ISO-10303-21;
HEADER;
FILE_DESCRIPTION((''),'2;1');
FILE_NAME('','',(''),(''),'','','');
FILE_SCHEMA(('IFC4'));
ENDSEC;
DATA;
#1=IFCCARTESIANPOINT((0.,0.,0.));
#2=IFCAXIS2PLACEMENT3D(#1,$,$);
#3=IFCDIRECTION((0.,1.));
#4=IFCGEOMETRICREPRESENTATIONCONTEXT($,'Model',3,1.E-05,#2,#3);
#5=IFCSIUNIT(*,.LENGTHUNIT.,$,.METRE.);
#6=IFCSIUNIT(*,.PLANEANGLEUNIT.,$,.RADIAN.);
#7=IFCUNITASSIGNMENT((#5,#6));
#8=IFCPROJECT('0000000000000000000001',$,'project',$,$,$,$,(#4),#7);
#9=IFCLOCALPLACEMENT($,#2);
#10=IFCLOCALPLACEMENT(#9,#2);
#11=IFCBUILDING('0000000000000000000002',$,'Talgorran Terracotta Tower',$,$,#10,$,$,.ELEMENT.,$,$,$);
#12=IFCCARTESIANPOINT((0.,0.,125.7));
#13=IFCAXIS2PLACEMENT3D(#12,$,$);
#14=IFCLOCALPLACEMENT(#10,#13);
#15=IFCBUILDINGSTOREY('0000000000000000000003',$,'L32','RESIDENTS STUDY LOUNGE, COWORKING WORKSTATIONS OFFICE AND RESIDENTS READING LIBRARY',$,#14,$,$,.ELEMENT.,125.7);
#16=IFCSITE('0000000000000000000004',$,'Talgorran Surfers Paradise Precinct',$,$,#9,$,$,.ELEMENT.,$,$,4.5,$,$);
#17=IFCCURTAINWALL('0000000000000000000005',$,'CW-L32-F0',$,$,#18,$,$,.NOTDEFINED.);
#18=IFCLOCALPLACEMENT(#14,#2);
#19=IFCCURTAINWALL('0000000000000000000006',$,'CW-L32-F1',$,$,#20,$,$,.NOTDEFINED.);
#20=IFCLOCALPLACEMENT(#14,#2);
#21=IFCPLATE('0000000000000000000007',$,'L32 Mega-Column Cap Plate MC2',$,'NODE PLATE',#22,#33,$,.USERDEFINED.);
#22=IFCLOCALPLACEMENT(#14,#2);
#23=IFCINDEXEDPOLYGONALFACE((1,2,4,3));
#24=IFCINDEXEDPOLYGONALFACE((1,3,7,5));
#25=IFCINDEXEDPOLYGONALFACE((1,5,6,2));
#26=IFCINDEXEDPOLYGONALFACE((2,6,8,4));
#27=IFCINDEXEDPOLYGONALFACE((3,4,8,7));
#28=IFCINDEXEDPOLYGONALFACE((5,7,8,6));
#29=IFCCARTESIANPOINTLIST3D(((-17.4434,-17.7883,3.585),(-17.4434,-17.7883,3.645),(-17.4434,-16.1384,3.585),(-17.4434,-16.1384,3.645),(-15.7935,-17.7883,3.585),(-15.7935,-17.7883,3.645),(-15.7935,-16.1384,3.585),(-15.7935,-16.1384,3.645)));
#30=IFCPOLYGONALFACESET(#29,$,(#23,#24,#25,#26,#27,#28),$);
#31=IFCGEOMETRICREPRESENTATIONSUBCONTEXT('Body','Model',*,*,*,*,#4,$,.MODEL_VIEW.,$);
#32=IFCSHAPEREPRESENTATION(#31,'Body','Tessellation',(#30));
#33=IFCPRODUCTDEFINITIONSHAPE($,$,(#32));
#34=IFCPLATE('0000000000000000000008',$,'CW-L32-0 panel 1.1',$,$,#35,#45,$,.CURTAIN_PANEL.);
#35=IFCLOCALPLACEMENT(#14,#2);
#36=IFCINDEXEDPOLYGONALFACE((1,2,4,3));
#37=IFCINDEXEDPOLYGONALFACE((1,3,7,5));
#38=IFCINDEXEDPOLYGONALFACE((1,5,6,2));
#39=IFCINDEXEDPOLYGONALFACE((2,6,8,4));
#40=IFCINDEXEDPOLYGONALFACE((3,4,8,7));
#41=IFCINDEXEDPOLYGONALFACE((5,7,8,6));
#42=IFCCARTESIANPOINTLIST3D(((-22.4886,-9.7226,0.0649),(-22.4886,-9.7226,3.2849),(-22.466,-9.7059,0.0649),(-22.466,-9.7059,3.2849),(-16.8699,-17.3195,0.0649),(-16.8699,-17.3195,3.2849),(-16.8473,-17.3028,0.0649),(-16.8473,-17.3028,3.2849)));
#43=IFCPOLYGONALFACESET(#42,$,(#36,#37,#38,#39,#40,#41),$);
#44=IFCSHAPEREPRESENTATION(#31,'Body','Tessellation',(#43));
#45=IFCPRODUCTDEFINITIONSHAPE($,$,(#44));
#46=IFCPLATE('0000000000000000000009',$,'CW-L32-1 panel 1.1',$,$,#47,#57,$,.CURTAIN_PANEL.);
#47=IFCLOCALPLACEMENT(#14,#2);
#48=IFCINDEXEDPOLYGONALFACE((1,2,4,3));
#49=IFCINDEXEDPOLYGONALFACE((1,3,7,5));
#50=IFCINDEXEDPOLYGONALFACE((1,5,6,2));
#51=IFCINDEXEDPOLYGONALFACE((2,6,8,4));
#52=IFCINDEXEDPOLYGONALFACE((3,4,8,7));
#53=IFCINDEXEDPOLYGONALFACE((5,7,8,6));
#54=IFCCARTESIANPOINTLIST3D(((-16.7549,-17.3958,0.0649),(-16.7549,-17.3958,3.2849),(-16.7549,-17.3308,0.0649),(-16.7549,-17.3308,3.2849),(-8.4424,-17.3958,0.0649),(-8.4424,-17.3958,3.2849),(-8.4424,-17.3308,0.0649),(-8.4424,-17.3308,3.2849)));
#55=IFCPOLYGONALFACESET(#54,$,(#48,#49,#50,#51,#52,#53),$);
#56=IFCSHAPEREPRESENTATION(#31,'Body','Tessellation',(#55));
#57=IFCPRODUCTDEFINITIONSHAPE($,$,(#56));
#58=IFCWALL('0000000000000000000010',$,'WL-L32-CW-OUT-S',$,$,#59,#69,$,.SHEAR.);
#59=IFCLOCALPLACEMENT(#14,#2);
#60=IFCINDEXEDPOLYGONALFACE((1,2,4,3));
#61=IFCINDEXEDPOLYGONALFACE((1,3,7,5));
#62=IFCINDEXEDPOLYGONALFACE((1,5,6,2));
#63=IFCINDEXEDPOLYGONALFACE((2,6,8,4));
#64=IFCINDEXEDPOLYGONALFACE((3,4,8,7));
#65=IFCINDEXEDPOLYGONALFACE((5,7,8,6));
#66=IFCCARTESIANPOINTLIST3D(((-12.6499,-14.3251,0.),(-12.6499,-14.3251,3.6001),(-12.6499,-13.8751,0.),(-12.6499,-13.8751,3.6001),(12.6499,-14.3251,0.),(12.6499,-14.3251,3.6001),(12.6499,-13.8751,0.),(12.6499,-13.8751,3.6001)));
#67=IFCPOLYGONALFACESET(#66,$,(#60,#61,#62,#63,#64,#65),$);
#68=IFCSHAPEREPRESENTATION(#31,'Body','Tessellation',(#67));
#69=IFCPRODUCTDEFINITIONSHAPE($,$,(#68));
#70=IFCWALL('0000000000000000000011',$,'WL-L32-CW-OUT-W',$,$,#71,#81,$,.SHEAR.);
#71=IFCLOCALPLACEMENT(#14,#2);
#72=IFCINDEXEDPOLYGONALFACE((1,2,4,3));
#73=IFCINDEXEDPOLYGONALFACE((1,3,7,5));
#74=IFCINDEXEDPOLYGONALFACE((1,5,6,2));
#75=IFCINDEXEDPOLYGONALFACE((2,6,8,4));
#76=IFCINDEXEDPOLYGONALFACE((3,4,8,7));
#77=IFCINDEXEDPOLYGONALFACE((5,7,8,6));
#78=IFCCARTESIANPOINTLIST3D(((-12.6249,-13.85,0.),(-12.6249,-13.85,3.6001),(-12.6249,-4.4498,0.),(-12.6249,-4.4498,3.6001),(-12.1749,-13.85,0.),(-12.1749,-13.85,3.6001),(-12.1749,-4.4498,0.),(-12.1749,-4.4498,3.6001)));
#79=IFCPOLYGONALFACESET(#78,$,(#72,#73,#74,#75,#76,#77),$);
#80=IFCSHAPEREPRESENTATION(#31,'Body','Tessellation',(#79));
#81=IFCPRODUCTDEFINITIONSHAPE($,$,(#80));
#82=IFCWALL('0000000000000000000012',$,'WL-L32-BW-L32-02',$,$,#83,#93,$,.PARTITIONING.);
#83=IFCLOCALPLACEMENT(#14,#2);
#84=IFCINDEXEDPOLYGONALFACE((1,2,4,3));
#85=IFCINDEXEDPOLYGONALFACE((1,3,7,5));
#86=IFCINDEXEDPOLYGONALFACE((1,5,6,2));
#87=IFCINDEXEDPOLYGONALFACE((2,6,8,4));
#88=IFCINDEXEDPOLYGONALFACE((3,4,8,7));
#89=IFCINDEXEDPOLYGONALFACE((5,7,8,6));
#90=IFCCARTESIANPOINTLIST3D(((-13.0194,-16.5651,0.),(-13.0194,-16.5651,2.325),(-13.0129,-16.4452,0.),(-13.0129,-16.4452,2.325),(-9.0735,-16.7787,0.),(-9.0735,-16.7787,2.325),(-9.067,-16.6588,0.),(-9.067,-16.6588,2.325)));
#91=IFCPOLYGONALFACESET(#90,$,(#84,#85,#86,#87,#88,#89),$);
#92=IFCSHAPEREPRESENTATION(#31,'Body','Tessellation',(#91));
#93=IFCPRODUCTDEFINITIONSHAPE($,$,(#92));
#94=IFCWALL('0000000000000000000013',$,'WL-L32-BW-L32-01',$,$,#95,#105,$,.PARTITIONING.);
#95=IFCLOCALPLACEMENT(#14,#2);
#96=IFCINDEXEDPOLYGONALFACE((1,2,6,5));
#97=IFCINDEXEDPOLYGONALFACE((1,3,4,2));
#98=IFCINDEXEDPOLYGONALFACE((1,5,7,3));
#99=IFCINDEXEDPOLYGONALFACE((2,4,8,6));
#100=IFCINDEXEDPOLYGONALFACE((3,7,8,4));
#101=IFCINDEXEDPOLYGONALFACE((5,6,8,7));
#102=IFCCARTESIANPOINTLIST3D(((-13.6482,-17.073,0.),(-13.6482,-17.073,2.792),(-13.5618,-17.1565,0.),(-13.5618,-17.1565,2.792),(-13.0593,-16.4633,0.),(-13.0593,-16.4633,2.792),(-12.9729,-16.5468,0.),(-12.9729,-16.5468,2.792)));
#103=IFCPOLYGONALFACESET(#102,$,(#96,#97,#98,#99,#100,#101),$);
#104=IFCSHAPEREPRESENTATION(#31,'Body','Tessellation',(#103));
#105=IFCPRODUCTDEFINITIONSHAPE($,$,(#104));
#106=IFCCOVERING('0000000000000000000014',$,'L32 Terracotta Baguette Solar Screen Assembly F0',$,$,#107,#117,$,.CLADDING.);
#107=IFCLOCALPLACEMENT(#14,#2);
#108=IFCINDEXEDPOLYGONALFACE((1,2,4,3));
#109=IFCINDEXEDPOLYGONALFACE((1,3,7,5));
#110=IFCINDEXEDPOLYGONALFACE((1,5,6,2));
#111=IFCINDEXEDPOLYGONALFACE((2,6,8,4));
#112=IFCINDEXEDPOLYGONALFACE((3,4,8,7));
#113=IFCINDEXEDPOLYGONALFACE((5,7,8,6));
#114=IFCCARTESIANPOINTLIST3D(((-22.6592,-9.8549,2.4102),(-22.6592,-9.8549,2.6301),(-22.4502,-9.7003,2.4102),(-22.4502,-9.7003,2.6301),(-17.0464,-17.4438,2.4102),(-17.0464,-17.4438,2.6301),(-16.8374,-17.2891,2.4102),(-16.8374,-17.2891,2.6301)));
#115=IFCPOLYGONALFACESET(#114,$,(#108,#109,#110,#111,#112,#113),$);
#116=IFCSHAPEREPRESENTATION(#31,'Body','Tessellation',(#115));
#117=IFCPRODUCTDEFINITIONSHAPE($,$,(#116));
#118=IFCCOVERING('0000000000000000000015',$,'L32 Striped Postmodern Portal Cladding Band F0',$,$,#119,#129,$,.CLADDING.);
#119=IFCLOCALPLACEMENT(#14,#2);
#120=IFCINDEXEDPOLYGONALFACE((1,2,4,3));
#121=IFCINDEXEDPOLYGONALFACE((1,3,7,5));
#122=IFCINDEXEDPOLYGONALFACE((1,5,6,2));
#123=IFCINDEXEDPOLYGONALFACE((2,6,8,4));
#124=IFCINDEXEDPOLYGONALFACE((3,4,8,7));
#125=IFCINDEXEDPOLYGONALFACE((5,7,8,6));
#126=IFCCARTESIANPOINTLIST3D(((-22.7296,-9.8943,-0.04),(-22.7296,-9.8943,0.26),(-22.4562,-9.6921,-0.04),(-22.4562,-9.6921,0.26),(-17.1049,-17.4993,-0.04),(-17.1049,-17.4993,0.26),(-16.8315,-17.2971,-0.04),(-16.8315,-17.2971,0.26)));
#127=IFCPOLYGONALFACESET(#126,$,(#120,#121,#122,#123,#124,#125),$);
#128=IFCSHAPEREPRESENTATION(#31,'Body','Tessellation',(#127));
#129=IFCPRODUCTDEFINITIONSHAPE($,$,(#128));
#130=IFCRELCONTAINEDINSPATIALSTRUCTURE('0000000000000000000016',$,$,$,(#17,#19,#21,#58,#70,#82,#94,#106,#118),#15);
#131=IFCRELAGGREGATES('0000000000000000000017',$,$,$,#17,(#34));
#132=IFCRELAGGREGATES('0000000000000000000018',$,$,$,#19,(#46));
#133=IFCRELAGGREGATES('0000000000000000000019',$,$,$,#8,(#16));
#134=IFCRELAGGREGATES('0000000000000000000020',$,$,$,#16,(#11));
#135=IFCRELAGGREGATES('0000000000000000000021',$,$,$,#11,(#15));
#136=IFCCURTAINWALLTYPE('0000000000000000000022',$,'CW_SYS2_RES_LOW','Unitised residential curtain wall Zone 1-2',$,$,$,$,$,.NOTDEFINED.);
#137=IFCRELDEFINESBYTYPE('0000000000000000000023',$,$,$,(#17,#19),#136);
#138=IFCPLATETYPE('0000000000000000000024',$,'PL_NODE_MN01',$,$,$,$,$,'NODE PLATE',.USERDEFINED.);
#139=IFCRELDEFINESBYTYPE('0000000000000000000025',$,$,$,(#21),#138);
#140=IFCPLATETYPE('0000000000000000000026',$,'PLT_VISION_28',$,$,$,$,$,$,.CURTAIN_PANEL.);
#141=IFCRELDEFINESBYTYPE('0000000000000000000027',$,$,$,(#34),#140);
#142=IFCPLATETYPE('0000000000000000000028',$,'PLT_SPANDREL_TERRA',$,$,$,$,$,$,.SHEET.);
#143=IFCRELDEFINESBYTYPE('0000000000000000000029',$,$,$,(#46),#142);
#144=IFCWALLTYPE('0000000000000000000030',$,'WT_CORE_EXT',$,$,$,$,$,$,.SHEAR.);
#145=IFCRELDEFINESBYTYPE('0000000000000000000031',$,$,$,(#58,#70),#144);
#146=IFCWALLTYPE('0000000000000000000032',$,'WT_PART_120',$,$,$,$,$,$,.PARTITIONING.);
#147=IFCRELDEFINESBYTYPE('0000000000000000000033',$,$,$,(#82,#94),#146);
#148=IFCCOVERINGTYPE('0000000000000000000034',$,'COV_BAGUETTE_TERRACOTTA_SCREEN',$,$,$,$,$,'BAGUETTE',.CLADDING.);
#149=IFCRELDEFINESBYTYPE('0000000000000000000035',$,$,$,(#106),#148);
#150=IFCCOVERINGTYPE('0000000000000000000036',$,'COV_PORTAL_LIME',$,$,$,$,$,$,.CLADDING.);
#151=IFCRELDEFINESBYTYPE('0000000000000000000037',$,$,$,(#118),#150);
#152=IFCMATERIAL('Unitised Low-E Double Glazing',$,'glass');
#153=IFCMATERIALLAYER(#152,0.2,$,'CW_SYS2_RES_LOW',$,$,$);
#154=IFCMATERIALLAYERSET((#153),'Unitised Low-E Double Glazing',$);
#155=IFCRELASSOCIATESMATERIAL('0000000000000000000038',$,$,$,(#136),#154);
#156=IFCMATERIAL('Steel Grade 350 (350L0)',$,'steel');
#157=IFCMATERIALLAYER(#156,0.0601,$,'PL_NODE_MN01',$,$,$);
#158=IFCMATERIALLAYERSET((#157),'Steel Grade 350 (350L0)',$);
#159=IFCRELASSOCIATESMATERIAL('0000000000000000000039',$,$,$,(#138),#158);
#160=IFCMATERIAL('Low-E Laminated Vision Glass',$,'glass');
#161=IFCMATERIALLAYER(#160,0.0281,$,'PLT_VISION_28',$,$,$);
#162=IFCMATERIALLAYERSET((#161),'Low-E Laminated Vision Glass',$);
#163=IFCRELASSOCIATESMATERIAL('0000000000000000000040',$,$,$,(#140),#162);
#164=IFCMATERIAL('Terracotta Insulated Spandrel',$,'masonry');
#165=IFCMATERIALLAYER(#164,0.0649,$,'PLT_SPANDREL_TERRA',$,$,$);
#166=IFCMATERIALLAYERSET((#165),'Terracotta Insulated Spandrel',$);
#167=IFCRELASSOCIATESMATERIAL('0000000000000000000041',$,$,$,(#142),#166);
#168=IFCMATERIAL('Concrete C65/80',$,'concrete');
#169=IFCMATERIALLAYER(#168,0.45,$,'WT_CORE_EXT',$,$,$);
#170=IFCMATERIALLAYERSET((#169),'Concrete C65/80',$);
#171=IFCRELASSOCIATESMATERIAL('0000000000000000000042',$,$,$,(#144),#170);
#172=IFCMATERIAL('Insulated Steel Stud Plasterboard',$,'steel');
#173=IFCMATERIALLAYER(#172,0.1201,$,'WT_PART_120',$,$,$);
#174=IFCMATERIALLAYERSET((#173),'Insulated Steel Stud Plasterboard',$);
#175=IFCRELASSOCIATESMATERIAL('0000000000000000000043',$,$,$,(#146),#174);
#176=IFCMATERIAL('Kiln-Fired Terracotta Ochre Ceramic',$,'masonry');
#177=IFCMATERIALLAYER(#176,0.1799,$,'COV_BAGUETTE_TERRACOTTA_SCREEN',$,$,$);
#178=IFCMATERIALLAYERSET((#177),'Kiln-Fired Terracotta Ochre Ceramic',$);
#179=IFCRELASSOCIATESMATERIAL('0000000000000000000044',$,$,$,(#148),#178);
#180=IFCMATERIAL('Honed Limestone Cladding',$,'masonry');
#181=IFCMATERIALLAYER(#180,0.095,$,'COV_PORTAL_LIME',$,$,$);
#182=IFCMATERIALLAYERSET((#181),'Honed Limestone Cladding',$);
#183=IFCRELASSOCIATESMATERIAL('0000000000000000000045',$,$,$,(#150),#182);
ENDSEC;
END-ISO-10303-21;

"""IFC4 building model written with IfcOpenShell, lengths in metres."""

from ifc_helpers import new_model, si_unit, direction, frame, frame_2d, origin, origin_2d, place, context, subcontext, project, spatial, rectangle, extrude, source, transform, mapped, material, layer, layer_set, type_object, type_shapes, element, aggregate, save


model = new_model("IFC4")

# Units and contexts
model_context = context("Model", 3, precision=1e-05, world=origin(), true_north=direction((0.0, 1.0)))
body_context = subcontext(model_context, "Body", "Model", "MODEL_VIEW")
ifc_project = project(units=[si_unit("LENGTHUNIT", "METRE"), si_unit("PLANEANGLEUNIT", "RADIAN")], contexts=[model_context])

# Site, building, storey
site_placement = place(None, origin())
site = spatial("IfcSite", under=ifc_project, at=site_placement, Name="Talgorran Surfers Paradise Precinct", CompositionType="ELEMENT", RefElevation=4.5)
building_placement = place(site_placement, origin())
building = spatial("IfcBuilding", under=site, at=building_placement, Name="Talgorran Terracotta Tower", CompositionType="ELEMENT")
storey_placement = place(building_placement, frame((0.0, 0.0, 125.7)))
storey = spatial("IfcBuildingStorey", under=building, at=storey_placement, Name="L32", Description="RESIDENTS STUDY LOUNGE, COWORKING WORKSTATIONS OFFICE AND RESIDENTS READING LIBRARY", CompositionType="ELEMENT", Elevation=125.7)

# Shared definitions
ifc_material_1 = material(Name="Steel Grade 350 (350L0)", Category="steel")

# Curtain wall
ifc_material_2 = material(Name="Unitised Low-E Double Glazing", Category="glass")
ifc_layer_1 = layer(ifc_material_2, 0.2, Name="CW_SYS2_RES_LOW")
ifc_layer_set_1 = layer_set([ifc_layer_1], Name="Unitised Low-E Double Glazing")
curtain_wall_type = type_object("IfcCurtainWallType", Name="CW_SYS2_RES_LOW", Description="Unitised residential curtain wall Zone 1-2", PredefinedType="NOTDEFINED", material=ifc_layer_set_1)
curtain_wall_1_placement = place(storey_placement, origin())
curtain_wall_1 = element("IfcCurtainWall", 1, at=curtain_wall_1_placement, inside=storey, type_object=curtain_wall_type, Name="CW-L32-F0", PredefinedType="NOTDEFINED")

# Curtain wall
curtain_wall_2_placement = place(storey_placement, origin())
curtain_wall_2 = element("IfcCurtainWall", 2, at=curtain_wall_2_placement, inside=storey, type_object=curtain_wall_type, Name="CW-L32-F1", PredefinedType="NOTDEFINED")

# Plate
ifc_layer_2 = layer(ifc_material_1, 0.0601, Name="PL_NODE_MN01")
ifc_layer_set_2 = layer_set([ifc_layer_2], Name="Steel Grade 350 (350L0)")
plate_type_1 = type_object("IfcPlateType", Name="PL_NODE_MN01", ElementType="NODE PLATE", PredefinedType="USERDEFINED", material=ifc_layer_set_2)
plate_1_placement = place(storey_placement, frame((-16.6184, -16.9634, 3.585), z_axis=(0.0, 0.0, 1.0), x_axis=(1.0, 0.0, 0.0)))
element("IfcPlate", 3, at=plate_1_placement, inside=storey, type_object=plate_type_1, Name="L32 Mega-Column Cap Plate MC2", ObjectType="NODE PLATE", PredefinedType="USERDEFINED", context=body_context, shape_type="SweptSolid", body=[
    extrude(rectangle(XDim=1.6499, YDim=1.6499, at=origin_2d()), origin(), (0.0, 0.0, 1.0), 0.0601),
])

# Plates
ifc_material_3 = material(Name="Low-E Laminated Vision Glass", Category="glass")
ifc_layer_3 = layer(ifc_material_3, 0.0281, Name="PLT_VISION_28")
ifc_layer_set_3 = layer_set([ifc_layer_3], Name="Low-E Laminated Vision Glass")
plate_type_2 = type_object("IfcPlateType", Name="PLT_VISION_28", PredefinedType="CURTAIN_PANEL", material=ifc_layer_set_3)
shared_shape_1 = source(origin(), body_context, "Body", "SweptSolid", [
    extrude(rectangle(XDim=9.449, YDim=0.0281, at=origin_2d()), origin(), (0.0, 0.0, 1.0), 3.22),
])
type_shapes(plate_type_2, [shared_shape_1])
plate_2_placement = place(storey_placement, frame((-19.668, -13.5127, 0.0649), z_axis=(0.0, 0.0, 1.0), x_axis=(0.594638, -0.803993, 0.0)))
plate_2 = element("IfcPlate", 4, at=plate_2_placement, type_object=plate_type_2, Name="CW-L32-0 panel 1.1", PredefinedType="CURTAIN_PANEL", context=body_context, shape_type="MappedRepresentation", body=[
    mapped(shared_shape_1, transform((0.0, 0.0, 0.0), scale=1.0)),
])
aggregate(curtain_wall_1, [plate_2])
ifc_material_4 = material(Name="Terracotta Insulated Spandrel", Category="masonry")
ifc_layer_4 = layer(ifc_material_4, 0.0649, Name="PLT_SPANDREL_TERRA")
ifc_layer_set_4 = layer_set([ifc_layer_4], Name="Terracotta Insulated Spandrel")
plate_type_3 = type_object("IfcPlateType", Name="PLT_SPANDREL_TERRA", PredefinedType="SHEET", material=ifc_layer_set_4)
shared_shape_2 = source(origin(), body_context, "Body", "SweptSolid", [
    extrude(rectangle(XDim=8.3125, YDim=0.0649, at=origin_2d()), origin(), (0.0, 0.0, 1.0), 3.22),
])
type_shapes(plate_type_3, [shared_shape_2])
plate_3_placement = place(storey_placement, frame((-12.5986, -17.3633, 0.0649), z_axis=(0.0, 0.0, 1.0), x_axis=(1.0, 0.0, 0.0)))
plate_3 = element("IfcPlate", 5, at=plate_3_placement, type_object=plate_type_3, Name="CW-L32-1 panel 1.1", PredefinedType="CURTAIN_PANEL", context=body_context, shape_type="MappedRepresentation", body=[
    mapped(shared_shape_2, transform((0.0, 0.0, 0.0), scale=1.0)),
])
aggregate(curtain_wall_2, [plate_3])

# Walls
ifc_material_5 = material(Name="Concrete C65/80", Category="concrete")
ifc_layer_5 = layer(ifc_material_5, 0.45, Name="WT_CORE_EXT")
ifc_layer_set_5 = layer_set([ifc_layer_5], Name="Concrete C65/80")
wall_type_1 = type_object("IfcWallType", Name="WT_CORE_EXT", PredefinedType="SHEAR", material=ifc_layer_set_5)
wall_1_placement = place(storey_placement, frame((-12.6499, -14.1001, 0.0), z_axis=(0.0, 0.0, 1.0), x_axis=(1.0, 0.0, 0.0)))
element("IfcWall", 6, at=wall_1_placement, inside=storey, type_object=wall_type_1, Name="WL-L32-CW-OUT-S", PredefinedType="SHEAR", context=body_context, shape_type="SweptSolid", body=[
    extrude(rectangle(XDim=25.2998, YDim=0.45, at=frame_2d((12.6499, 0.0))), origin(), (0.0, 0.0, 1.0), 3.6001),
])
wall_2_placement = place(storey_placement, frame((-12.3999, -13.8501, 0.0), z_axis=(0.0, 0.0, 1.0), x_axis=(0.0, 1.0, 0.0)))
element("IfcWall", 7, at=wall_2_placement, inside=storey, type_object=wall_type_1, Name="WL-L32-CW-OUT-W", PredefinedType="SHEAR", context=body_context, shape_type="SweptSolid", body=[
    extrude(rectangle(XDim=9.4001, YDim=0.45, at=frame_2d((4.7002, 0.0))), origin(), (0.0, 0.0, 1.0), 3.6001),
])
ifc_material_6 = material(Name="Insulated Steel Stud Plasterboard", Category="steel")
ifc_layer_6 = layer(ifc_material_6, 0.1201, Name="WT_PART_120")
ifc_layer_set_6 = layer_set([ifc_layer_6], Name="Insulated Steel Stud Plasterboard")
wall_type_2 = type_object("IfcWallType", Name="WT_PART_120", PredefinedType="PARTITIONING", material=ifc_layer_set_6)
wall_3_placement = place(storey_placement, frame((-13.0161, -16.5051, 0.0), z_axis=(0.0, 0.0, 1.0), x_axis=(0.998538, -0.05406, 0.0)))
element("IfcWall", 8, at=wall_3_placement, inside=storey, type_object=wall_type_2, Name="WL-L32-BW-L32-02", PredefinedType="PARTITIONING", context=body_context, shape_type="SweptSolid", body=[
    extrude(rectangle(XDim=3.9517, YDim=0.1201, at=frame_2d((1.9758, 0.0))), origin(), (0.0, 0.0, 1.0), 2.325),
])
wall_4_placement = place(storey_placement, frame((-13.605, -17.1147, 0.0), z_axis=(0.0, 0.0, 1.0), x_axis=(0.694759, 0.719243, 0.0)))
element("IfcWall", 9, at=wall_4_placement, inside=storey, type_object=wall_type_2, Name="WL-L32-BW-L32-01", PredefinedType="PARTITIONING", context=body_context, shape_type="SweptSolid", body=[
    extrude(rectangle(XDim=0.8477, YDim=0.1201, at=frame_2d((0.4238, 0.0))), origin(), (0.0, 0.0, 1.0), 2.792),
])

# Coverings
ifc_material_7 = material(Name="Kiln-Fired Terracotta Ochre Ceramic", Category="masonry")
ifc_layer_7 = layer(ifc_material_7, 0.1799, Name="COV_BAGUETTE_TERRACOTTA_SCREEN")
ifc_layer_set_7 = layer_set([ifc_layer_7], Name="Kiln-Fired Terracotta Ochre Ceramic")
covering_type_1 = type_object("IfcCoveringType", Name="COV_BAGUETTE_TERRACOTTA_SCREEN", ElementType="BAGUETTE", PredefinedType="CLADDING", material=ifc_layer_set_7)
covering_1_placement = place(storey_placement, frame((-19.7483, -13.572, 2.4102), z_axis=(0.0, 0.0, 1.0), x_axis=(0.59464, -0.803992, 0.0)))
element("IfcCovering", 10, at=covering_1_placement, inside=storey, type_object=covering_type_1, Name="L32 Terracotta Baguette Solar Screen Assembly F0", PredefinedType="CLADDING", context=body_context, shape_type="SweptSolid", body=[
    extrude(rectangle(XDim=9.439, YDim=0.26, at=origin_2d()), origin(), (0.0, 0.0, 1.0), 0.22),
])
ifc_material_8 = material(Name="Honed Limestone Cladding", Category="masonry")
ifc_layer_8 = layer(ifc_material_8, 0.095, Name="COV_PORTAL_LIME")
ifc_layer_set_8 = layer_set([ifc_layer_8], Name="Honed Limestone Cladding")
covering_type_2 = type_object("IfcCoveringType", Name="COV_PORTAL_LIME", PredefinedType="CLADDING", material=ifc_layer_set_8)
covering_2_placement = place(storey_placement, frame((-19.7805, -13.5957, -0.04), z_axis=(0.0, 0.0, 1.0), x_axis=(0.59464, -0.803992, 0.0)))
element("IfcCovering", 11, at=covering_2_placement, inside=storey, type_object=covering_type_2, Name="L32 Striped Postmodern Portal Cladding Band F0", PredefinedType="CLADDING", context=body_context, shape_type="SweptSolid", body=[
    extrude(rectangle(XDim=9.459, YDim=0.3401, at=origin_2d()), origin(), (0.0, 0.0, 1.0), 0.3),
])

save(model, "model.ifc")
